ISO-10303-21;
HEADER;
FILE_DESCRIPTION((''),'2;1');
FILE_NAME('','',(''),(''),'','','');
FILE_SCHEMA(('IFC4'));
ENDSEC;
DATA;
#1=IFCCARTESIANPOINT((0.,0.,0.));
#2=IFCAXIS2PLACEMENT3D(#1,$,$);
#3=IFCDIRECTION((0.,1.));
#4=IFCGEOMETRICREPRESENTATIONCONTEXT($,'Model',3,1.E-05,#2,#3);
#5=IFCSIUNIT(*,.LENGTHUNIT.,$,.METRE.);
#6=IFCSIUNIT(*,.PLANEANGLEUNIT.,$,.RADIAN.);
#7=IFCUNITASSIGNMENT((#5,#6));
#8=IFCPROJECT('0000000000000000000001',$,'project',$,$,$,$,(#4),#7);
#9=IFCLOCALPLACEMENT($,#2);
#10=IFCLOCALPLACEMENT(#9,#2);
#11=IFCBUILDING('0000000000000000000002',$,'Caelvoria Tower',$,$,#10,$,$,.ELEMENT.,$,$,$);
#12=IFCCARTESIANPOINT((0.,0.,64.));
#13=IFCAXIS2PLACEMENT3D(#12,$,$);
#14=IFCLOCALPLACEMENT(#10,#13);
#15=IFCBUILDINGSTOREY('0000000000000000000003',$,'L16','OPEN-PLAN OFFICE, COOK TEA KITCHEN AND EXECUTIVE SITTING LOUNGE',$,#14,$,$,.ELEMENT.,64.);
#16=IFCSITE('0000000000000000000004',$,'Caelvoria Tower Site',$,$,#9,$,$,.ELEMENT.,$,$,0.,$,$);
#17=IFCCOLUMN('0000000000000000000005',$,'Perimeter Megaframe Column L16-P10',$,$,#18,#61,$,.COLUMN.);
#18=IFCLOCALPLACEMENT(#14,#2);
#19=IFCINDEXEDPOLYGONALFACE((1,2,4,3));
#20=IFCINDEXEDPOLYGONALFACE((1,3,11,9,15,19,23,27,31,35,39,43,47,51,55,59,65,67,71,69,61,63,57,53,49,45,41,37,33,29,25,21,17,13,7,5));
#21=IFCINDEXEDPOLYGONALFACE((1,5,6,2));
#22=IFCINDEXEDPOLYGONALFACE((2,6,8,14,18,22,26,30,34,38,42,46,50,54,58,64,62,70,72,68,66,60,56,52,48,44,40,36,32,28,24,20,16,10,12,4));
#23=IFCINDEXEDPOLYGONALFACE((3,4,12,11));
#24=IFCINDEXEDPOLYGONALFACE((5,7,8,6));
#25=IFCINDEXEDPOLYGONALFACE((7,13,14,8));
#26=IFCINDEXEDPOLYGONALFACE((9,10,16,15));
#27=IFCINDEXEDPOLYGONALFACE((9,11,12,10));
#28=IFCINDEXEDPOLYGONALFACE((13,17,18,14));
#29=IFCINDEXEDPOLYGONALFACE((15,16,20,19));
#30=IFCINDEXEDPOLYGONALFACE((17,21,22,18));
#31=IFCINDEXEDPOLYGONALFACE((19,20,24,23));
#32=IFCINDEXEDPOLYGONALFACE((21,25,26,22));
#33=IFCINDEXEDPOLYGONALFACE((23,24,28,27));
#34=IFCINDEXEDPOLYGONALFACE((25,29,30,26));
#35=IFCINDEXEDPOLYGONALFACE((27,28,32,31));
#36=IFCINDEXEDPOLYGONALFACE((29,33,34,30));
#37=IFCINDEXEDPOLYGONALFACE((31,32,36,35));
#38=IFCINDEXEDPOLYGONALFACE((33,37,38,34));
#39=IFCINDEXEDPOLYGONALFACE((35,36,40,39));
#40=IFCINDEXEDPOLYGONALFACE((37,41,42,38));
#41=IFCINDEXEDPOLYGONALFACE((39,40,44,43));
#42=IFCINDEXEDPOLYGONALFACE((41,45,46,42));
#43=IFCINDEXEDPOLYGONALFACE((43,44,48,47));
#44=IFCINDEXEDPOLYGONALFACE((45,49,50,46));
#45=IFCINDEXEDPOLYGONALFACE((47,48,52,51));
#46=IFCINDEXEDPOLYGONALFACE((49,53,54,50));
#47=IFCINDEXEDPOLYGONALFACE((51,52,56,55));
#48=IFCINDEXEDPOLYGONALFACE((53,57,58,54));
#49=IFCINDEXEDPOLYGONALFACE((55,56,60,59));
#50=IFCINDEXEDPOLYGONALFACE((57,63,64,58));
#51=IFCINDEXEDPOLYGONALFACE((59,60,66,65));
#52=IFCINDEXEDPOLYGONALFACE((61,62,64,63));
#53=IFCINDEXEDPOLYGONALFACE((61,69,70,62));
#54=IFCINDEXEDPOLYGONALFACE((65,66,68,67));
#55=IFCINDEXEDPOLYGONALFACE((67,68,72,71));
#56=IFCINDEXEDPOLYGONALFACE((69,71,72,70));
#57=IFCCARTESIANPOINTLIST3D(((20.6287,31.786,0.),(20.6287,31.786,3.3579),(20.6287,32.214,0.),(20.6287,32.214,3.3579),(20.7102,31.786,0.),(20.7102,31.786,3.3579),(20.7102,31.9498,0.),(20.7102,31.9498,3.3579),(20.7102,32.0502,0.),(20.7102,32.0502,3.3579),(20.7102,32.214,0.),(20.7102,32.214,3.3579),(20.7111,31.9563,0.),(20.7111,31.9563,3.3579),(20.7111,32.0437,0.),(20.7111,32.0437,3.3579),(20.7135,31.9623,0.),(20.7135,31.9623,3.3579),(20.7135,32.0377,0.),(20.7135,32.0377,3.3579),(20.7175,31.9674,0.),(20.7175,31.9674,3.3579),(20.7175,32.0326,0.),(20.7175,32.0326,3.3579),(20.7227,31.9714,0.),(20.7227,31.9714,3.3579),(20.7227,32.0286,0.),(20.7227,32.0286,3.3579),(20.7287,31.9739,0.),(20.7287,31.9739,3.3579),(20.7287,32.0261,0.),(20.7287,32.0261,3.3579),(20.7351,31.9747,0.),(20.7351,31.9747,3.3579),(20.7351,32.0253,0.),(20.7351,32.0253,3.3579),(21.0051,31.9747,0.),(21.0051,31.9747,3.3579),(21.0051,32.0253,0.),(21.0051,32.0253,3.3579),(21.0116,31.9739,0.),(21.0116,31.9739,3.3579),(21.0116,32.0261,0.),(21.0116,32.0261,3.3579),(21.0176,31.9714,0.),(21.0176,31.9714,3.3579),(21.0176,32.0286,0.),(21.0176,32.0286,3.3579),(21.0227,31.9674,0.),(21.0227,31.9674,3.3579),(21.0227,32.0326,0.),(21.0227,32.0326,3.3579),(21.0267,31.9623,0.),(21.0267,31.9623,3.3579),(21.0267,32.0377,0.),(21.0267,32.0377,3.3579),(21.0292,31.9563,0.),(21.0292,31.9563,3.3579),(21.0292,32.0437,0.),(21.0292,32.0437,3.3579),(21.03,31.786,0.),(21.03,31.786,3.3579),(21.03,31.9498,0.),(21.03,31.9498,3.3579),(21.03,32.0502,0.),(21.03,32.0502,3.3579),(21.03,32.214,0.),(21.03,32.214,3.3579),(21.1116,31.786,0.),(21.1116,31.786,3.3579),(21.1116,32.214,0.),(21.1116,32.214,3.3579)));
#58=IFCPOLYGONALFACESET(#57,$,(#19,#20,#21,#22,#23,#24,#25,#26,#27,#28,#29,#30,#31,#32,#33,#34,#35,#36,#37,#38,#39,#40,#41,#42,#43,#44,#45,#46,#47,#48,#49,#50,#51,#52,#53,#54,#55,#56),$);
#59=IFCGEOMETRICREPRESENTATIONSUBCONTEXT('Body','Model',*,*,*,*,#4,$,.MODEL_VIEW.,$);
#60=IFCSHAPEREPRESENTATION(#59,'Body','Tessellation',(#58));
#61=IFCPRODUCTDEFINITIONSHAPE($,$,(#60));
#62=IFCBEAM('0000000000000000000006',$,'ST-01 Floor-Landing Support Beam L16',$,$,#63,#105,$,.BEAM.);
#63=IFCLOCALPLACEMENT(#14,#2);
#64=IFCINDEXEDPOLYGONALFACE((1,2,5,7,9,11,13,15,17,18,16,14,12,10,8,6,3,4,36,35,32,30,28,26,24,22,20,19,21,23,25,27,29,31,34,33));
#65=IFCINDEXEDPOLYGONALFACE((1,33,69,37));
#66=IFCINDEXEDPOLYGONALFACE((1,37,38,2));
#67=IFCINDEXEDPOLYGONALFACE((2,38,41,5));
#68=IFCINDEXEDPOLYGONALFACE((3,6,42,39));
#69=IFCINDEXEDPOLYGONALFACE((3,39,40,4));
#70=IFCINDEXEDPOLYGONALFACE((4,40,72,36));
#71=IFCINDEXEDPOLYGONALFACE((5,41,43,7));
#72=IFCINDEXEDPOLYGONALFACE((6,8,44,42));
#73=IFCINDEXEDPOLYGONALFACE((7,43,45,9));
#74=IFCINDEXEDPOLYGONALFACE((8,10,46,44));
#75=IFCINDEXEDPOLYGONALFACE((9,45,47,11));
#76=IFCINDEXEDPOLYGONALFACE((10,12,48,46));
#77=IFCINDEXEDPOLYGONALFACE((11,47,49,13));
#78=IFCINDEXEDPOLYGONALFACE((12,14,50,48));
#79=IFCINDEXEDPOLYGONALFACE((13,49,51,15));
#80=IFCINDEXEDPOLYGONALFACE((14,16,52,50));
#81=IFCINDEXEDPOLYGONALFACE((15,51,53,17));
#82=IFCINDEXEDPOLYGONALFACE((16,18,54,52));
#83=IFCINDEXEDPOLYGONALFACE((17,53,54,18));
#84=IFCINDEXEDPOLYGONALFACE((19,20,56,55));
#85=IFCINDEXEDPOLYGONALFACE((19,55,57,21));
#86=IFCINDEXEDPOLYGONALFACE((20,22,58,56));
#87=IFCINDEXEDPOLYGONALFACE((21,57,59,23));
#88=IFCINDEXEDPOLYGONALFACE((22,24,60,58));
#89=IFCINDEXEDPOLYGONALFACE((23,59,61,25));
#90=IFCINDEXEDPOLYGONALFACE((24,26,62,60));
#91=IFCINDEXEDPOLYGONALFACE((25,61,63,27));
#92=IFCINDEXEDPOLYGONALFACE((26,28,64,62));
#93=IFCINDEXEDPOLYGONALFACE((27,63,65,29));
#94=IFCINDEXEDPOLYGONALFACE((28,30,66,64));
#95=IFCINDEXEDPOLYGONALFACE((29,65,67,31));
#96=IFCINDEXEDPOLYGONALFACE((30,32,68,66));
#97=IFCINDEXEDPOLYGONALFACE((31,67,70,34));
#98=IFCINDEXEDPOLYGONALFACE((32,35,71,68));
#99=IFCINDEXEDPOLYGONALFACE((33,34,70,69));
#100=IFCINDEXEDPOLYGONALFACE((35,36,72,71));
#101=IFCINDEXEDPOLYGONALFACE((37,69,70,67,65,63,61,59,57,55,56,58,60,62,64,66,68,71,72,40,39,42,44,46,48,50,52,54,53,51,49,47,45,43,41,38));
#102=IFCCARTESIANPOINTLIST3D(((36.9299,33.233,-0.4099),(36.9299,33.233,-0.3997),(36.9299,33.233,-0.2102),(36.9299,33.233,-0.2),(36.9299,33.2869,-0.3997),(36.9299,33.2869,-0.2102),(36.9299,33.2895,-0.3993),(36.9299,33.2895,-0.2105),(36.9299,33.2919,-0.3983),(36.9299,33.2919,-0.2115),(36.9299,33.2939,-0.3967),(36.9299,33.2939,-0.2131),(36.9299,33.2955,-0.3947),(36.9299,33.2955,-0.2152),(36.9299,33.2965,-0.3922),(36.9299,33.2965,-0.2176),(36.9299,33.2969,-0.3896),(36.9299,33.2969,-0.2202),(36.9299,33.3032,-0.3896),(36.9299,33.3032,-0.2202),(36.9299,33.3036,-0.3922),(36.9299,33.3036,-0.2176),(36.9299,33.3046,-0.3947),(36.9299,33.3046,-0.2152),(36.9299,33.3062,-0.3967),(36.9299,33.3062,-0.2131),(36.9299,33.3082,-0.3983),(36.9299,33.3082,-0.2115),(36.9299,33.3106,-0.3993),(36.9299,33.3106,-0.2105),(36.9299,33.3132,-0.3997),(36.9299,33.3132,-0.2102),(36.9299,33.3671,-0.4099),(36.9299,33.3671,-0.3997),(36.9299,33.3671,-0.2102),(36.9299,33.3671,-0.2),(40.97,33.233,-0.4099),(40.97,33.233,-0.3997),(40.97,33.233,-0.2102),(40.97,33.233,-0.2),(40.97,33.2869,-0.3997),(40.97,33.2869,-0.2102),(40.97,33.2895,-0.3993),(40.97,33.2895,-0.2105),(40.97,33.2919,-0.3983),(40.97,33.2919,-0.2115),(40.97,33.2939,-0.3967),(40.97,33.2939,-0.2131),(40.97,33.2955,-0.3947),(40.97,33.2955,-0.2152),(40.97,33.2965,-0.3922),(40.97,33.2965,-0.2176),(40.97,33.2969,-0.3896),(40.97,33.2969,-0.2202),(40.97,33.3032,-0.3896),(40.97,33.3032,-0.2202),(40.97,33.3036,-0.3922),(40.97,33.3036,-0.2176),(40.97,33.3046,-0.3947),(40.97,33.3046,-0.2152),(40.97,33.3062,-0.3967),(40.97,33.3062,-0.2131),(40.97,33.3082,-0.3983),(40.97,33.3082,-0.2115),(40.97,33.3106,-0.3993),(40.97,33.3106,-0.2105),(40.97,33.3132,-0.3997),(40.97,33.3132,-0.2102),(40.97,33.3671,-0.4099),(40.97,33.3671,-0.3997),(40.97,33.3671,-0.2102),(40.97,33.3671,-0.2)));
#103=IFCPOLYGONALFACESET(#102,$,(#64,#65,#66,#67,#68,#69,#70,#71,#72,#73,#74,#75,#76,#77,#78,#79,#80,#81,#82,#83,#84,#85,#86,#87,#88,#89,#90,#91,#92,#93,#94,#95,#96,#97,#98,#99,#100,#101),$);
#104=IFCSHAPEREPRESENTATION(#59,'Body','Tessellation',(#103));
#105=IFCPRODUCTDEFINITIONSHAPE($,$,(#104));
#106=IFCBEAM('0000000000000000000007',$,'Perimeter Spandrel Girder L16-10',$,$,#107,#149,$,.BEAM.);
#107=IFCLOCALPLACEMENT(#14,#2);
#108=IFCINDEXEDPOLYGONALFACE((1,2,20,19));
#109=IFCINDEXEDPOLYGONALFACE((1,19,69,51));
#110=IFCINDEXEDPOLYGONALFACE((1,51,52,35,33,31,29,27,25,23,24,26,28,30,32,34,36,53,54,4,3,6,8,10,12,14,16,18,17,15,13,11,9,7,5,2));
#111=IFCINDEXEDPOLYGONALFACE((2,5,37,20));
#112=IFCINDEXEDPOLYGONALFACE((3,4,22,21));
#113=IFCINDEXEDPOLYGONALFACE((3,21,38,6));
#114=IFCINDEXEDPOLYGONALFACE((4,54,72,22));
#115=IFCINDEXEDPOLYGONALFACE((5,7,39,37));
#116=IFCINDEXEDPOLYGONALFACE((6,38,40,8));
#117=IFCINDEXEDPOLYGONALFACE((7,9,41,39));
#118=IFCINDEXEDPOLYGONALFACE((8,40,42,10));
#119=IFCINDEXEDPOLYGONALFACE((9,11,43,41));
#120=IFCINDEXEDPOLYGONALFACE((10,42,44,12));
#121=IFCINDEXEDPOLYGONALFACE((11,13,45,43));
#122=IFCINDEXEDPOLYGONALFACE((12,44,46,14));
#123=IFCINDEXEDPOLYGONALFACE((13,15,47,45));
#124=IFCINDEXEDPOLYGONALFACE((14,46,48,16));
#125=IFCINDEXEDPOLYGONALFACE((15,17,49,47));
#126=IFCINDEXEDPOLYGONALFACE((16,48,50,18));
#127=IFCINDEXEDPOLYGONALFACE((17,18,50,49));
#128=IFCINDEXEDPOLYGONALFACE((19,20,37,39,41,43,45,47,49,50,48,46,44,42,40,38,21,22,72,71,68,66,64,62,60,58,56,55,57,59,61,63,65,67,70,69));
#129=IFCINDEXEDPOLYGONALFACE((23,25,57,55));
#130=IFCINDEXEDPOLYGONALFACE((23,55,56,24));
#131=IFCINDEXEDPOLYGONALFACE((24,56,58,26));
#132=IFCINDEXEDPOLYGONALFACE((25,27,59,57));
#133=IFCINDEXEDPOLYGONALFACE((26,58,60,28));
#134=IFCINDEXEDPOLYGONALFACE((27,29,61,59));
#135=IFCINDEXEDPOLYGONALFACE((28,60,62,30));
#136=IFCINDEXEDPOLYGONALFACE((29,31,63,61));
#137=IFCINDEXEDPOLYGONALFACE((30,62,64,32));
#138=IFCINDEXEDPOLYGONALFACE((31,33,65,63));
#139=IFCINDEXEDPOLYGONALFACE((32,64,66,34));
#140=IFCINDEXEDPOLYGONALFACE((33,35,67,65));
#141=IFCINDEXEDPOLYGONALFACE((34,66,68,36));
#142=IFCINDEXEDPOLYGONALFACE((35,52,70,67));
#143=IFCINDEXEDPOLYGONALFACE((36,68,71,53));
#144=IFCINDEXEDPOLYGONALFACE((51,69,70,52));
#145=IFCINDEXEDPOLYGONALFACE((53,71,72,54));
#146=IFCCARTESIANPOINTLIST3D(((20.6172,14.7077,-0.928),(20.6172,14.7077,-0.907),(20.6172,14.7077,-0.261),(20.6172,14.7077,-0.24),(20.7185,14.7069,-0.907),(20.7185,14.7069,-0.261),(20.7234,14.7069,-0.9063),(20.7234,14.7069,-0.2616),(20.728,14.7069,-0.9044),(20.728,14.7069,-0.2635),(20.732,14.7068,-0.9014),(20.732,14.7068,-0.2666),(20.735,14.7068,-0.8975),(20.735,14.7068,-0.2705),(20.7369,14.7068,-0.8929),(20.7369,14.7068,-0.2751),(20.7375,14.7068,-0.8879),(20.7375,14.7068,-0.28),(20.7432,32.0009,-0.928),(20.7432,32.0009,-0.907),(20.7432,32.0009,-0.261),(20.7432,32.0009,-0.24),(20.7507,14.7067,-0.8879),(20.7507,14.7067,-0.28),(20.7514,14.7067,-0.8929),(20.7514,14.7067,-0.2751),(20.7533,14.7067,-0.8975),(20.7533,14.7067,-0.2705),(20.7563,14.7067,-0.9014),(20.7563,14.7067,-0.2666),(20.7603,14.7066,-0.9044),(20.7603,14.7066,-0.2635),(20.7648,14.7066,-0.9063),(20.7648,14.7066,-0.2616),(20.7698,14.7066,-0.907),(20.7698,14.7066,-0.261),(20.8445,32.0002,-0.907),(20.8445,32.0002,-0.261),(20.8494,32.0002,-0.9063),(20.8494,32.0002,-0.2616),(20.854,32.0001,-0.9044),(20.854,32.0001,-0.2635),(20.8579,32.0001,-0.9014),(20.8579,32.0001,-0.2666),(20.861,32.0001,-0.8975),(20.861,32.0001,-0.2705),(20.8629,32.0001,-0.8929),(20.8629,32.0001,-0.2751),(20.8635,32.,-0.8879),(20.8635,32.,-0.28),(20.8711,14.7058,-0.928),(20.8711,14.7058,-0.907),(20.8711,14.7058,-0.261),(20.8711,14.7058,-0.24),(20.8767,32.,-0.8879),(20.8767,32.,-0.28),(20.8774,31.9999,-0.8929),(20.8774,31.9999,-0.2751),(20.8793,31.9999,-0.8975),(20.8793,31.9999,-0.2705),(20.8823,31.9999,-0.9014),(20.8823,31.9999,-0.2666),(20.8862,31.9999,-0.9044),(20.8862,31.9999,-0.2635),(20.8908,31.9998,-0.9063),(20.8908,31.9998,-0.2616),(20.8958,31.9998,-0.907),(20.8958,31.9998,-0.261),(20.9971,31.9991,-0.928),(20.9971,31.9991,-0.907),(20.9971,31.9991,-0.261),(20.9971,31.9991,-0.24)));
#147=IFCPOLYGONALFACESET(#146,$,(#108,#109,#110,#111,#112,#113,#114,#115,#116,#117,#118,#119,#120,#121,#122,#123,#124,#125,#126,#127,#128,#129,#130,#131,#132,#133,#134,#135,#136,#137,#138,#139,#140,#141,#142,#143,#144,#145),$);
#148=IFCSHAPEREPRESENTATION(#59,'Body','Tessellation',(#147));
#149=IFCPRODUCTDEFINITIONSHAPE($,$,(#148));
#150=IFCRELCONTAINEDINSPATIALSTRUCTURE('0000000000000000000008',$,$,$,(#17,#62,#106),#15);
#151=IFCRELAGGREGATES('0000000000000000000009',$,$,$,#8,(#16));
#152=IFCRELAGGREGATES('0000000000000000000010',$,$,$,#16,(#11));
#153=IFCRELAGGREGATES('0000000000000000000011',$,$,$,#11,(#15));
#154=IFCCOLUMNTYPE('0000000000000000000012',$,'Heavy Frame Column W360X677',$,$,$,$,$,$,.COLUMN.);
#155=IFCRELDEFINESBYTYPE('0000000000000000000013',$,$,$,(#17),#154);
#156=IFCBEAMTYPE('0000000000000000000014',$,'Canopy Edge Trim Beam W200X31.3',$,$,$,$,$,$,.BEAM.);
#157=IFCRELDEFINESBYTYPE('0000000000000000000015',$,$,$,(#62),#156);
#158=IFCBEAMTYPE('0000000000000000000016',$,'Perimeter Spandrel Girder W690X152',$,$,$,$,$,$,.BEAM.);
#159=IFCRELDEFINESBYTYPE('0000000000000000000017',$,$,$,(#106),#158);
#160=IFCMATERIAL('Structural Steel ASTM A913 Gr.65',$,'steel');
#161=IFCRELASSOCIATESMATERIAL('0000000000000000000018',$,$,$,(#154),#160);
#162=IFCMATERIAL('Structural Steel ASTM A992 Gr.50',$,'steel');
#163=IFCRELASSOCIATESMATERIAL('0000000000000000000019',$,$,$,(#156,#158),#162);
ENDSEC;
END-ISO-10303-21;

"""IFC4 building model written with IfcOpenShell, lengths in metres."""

from ifc_helpers import new_model, si_unit, direction, frame, origin, origin_2d, place, context, subcontext, project, spatial, i_section, extrude, material, material_profile, profile_set, type_object, element, save


model = new_model("IFC4")

# Units and contexts
model_context = context("Model", 3, precision=1e-05, world=origin(), true_north=direction((0.0, 1.0)))
body_context = subcontext(model_context, "Body", "Model", "MODEL_VIEW")
ifc_project = project(units=[si_unit("LENGTHUNIT", "METRE"), si_unit("PLANEANGLEUNIT", "RADIAN")], contexts=[model_context])

# Site, building, storey
site_placement = place(None, origin())
site = spatial("IfcSite", under=ifc_project, at=site_placement, Name="Caelvoria Tower Site", CompositionType="ELEMENT", RefElevation=0.0)
building_placement = place(site_placement, origin())
building = spatial("IfcBuilding", under=site, at=building_placement, Name="Caelvoria Tower", CompositionType="ELEMENT")
storey_placement = place(building_placement, frame((0.0, 0.0, 64.0)))
storey = spatial("IfcBuildingStorey", under=building, at=storey_placement, Name="L16", Description="OPEN-PLAN OFFICE, COOK TEA KITCHEN AND EXECUTIVE SITTING LOUNGE", CompositionType="ELEMENT", Elevation=64.0)

# Column
ifc_material_1 = material(Name="Structural Steel ASTM A913 Gr.65", Category="steel")
ifc_material_profile_1 = material_profile(ifc_material_1, i_section(OverallWidth=0.428, OverallDepth=0.4829, WebThickness=0.0505, FlangeThickness=0.0815, FilletRadius=0.0249, at=origin_2d()), Name="Structural Steel ASTM A913 Gr.65")
ifc_profile_set_1 = profile_set([ifc_material_profile_1], Name="W360X677 - Structural Steel ASTM A913 Gr.65")
column_type = type_object("IfcColumnType", Name="Heavy Frame Column W360X677", PredefinedType="COLUMN", material=ifc_profile_set_1)
column_placement = place(storey_placement, frame((20.8701, 32.0, 0.0), z_axis=(0.0, 0.0, 1.0), x_axis=(0.0, 1.0, 0.0)))
element("IfcColumn", 1, at=column_placement, inside=storey, type_object=column_type, Name="Perimeter Megaframe Column L16-P10", PredefinedType="COLUMN", context=body_context, shape_type="SweptSolid", body=[
    extrude(i_section(OverallWidth=0.428, OverallDepth=0.4829, WebThickness=0.0505, FlangeThickness=0.0815, FilletRadius=0.0249, at=origin_2d()), origin(), (0.0, 0.0, 1.0), 3.3579),
])

# Beams
ifc_material_2 = material(Name="Structural Steel ASTM A992 Gr.50", Category="steel")
ifc_material_profile_2 = material_profile(ifc_material_2, i_section(OverallWidth=0.134, OverallDepth=0.21, WebThickness=0.0063, FlangeThickness=0.0103, FilletRadius=0.01, at=origin_2d()), Name="Structural Steel ASTM A992 Gr.50")
ifc_profile_set_2 = profile_set([ifc_material_profile_2], Name="W200X31.3 - Structural Steel ASTM A992 Gr.50")
beam_type_1 = type_object("IfcBeamType", Name="Canopy Edge Trim Beam W200X31.3", PredefinedType="BEAM", material=ifc_profile_set_2)
beam_1_placement = place(storey_placement, frame((36.9299, 33.3, -0.3049), z_axis=(1.0, 0.0, 0.0), x_axis=(0.0, 1.0, 0.0)))
element("IfcBeam", 2, at=beam_1_placement, inside=storey, type_object=beam_type_1, Name="ST-01 Floor-Landing Support Beam L16", PredefinedType="BEAM", context=body_context, shape_type="SweptSolid", body=[
    extrude(i_section(OverallWidth=0.134, OverallDepth=0.21, WebThickness=0.0063, FlangeThickness=0.0103, FilletRadius=0.01, at=origin_2d()), origin(), (0.0, 0.0, 1.0), 4.04),
])
ifc_material_profile_3 = material_profile(ifc_material_2, i_section(OverallWidth=0.2539, OverallDepth=0.688, WebThickness=0.0132, FlangeThickness=0.021, FilletRadius=0.019, at=origin_2d()), Name="Structural Steel ASTM A992 Gr.50")
ifc_profile_set_3 = profile_set([ifc_material_profile_3], Name="W690X152 - Structural Steel ASTM A992 Gr.50")
beam_type_2 = type_object("IfcBeamType", Name="Perimeter Spandrel Girder W690X152", PredefinedType="BEAM", material=ifc_profile_set_3)
beam_2_placement = place(storey_placement, frame((20.8701, 32.0, -0.584), z_axis=(-0.007285, -0.999973, 0.0), x_axis=(0.999973, -0.007285, 0.0)))
element("IfcBeam", 3, at=beam_2_placement, inside=storey, type_object=beam_type_2, Name="Perimeter Spandrel Girder L16-10", PredefinedType="BEAM", context=body_context, shape_type="SweptSolid", body=[
    extrude(i_section(OverallWidth=0.2539, OverallDepth=0.688, WebThickness=0.0132, FlangeThickness=0.021, FilletRadius=0.019, at=origin_2d()), origin(), (0.0, 0.0, 1.0), 17.2937),
])

save(model, "model.ifc")
